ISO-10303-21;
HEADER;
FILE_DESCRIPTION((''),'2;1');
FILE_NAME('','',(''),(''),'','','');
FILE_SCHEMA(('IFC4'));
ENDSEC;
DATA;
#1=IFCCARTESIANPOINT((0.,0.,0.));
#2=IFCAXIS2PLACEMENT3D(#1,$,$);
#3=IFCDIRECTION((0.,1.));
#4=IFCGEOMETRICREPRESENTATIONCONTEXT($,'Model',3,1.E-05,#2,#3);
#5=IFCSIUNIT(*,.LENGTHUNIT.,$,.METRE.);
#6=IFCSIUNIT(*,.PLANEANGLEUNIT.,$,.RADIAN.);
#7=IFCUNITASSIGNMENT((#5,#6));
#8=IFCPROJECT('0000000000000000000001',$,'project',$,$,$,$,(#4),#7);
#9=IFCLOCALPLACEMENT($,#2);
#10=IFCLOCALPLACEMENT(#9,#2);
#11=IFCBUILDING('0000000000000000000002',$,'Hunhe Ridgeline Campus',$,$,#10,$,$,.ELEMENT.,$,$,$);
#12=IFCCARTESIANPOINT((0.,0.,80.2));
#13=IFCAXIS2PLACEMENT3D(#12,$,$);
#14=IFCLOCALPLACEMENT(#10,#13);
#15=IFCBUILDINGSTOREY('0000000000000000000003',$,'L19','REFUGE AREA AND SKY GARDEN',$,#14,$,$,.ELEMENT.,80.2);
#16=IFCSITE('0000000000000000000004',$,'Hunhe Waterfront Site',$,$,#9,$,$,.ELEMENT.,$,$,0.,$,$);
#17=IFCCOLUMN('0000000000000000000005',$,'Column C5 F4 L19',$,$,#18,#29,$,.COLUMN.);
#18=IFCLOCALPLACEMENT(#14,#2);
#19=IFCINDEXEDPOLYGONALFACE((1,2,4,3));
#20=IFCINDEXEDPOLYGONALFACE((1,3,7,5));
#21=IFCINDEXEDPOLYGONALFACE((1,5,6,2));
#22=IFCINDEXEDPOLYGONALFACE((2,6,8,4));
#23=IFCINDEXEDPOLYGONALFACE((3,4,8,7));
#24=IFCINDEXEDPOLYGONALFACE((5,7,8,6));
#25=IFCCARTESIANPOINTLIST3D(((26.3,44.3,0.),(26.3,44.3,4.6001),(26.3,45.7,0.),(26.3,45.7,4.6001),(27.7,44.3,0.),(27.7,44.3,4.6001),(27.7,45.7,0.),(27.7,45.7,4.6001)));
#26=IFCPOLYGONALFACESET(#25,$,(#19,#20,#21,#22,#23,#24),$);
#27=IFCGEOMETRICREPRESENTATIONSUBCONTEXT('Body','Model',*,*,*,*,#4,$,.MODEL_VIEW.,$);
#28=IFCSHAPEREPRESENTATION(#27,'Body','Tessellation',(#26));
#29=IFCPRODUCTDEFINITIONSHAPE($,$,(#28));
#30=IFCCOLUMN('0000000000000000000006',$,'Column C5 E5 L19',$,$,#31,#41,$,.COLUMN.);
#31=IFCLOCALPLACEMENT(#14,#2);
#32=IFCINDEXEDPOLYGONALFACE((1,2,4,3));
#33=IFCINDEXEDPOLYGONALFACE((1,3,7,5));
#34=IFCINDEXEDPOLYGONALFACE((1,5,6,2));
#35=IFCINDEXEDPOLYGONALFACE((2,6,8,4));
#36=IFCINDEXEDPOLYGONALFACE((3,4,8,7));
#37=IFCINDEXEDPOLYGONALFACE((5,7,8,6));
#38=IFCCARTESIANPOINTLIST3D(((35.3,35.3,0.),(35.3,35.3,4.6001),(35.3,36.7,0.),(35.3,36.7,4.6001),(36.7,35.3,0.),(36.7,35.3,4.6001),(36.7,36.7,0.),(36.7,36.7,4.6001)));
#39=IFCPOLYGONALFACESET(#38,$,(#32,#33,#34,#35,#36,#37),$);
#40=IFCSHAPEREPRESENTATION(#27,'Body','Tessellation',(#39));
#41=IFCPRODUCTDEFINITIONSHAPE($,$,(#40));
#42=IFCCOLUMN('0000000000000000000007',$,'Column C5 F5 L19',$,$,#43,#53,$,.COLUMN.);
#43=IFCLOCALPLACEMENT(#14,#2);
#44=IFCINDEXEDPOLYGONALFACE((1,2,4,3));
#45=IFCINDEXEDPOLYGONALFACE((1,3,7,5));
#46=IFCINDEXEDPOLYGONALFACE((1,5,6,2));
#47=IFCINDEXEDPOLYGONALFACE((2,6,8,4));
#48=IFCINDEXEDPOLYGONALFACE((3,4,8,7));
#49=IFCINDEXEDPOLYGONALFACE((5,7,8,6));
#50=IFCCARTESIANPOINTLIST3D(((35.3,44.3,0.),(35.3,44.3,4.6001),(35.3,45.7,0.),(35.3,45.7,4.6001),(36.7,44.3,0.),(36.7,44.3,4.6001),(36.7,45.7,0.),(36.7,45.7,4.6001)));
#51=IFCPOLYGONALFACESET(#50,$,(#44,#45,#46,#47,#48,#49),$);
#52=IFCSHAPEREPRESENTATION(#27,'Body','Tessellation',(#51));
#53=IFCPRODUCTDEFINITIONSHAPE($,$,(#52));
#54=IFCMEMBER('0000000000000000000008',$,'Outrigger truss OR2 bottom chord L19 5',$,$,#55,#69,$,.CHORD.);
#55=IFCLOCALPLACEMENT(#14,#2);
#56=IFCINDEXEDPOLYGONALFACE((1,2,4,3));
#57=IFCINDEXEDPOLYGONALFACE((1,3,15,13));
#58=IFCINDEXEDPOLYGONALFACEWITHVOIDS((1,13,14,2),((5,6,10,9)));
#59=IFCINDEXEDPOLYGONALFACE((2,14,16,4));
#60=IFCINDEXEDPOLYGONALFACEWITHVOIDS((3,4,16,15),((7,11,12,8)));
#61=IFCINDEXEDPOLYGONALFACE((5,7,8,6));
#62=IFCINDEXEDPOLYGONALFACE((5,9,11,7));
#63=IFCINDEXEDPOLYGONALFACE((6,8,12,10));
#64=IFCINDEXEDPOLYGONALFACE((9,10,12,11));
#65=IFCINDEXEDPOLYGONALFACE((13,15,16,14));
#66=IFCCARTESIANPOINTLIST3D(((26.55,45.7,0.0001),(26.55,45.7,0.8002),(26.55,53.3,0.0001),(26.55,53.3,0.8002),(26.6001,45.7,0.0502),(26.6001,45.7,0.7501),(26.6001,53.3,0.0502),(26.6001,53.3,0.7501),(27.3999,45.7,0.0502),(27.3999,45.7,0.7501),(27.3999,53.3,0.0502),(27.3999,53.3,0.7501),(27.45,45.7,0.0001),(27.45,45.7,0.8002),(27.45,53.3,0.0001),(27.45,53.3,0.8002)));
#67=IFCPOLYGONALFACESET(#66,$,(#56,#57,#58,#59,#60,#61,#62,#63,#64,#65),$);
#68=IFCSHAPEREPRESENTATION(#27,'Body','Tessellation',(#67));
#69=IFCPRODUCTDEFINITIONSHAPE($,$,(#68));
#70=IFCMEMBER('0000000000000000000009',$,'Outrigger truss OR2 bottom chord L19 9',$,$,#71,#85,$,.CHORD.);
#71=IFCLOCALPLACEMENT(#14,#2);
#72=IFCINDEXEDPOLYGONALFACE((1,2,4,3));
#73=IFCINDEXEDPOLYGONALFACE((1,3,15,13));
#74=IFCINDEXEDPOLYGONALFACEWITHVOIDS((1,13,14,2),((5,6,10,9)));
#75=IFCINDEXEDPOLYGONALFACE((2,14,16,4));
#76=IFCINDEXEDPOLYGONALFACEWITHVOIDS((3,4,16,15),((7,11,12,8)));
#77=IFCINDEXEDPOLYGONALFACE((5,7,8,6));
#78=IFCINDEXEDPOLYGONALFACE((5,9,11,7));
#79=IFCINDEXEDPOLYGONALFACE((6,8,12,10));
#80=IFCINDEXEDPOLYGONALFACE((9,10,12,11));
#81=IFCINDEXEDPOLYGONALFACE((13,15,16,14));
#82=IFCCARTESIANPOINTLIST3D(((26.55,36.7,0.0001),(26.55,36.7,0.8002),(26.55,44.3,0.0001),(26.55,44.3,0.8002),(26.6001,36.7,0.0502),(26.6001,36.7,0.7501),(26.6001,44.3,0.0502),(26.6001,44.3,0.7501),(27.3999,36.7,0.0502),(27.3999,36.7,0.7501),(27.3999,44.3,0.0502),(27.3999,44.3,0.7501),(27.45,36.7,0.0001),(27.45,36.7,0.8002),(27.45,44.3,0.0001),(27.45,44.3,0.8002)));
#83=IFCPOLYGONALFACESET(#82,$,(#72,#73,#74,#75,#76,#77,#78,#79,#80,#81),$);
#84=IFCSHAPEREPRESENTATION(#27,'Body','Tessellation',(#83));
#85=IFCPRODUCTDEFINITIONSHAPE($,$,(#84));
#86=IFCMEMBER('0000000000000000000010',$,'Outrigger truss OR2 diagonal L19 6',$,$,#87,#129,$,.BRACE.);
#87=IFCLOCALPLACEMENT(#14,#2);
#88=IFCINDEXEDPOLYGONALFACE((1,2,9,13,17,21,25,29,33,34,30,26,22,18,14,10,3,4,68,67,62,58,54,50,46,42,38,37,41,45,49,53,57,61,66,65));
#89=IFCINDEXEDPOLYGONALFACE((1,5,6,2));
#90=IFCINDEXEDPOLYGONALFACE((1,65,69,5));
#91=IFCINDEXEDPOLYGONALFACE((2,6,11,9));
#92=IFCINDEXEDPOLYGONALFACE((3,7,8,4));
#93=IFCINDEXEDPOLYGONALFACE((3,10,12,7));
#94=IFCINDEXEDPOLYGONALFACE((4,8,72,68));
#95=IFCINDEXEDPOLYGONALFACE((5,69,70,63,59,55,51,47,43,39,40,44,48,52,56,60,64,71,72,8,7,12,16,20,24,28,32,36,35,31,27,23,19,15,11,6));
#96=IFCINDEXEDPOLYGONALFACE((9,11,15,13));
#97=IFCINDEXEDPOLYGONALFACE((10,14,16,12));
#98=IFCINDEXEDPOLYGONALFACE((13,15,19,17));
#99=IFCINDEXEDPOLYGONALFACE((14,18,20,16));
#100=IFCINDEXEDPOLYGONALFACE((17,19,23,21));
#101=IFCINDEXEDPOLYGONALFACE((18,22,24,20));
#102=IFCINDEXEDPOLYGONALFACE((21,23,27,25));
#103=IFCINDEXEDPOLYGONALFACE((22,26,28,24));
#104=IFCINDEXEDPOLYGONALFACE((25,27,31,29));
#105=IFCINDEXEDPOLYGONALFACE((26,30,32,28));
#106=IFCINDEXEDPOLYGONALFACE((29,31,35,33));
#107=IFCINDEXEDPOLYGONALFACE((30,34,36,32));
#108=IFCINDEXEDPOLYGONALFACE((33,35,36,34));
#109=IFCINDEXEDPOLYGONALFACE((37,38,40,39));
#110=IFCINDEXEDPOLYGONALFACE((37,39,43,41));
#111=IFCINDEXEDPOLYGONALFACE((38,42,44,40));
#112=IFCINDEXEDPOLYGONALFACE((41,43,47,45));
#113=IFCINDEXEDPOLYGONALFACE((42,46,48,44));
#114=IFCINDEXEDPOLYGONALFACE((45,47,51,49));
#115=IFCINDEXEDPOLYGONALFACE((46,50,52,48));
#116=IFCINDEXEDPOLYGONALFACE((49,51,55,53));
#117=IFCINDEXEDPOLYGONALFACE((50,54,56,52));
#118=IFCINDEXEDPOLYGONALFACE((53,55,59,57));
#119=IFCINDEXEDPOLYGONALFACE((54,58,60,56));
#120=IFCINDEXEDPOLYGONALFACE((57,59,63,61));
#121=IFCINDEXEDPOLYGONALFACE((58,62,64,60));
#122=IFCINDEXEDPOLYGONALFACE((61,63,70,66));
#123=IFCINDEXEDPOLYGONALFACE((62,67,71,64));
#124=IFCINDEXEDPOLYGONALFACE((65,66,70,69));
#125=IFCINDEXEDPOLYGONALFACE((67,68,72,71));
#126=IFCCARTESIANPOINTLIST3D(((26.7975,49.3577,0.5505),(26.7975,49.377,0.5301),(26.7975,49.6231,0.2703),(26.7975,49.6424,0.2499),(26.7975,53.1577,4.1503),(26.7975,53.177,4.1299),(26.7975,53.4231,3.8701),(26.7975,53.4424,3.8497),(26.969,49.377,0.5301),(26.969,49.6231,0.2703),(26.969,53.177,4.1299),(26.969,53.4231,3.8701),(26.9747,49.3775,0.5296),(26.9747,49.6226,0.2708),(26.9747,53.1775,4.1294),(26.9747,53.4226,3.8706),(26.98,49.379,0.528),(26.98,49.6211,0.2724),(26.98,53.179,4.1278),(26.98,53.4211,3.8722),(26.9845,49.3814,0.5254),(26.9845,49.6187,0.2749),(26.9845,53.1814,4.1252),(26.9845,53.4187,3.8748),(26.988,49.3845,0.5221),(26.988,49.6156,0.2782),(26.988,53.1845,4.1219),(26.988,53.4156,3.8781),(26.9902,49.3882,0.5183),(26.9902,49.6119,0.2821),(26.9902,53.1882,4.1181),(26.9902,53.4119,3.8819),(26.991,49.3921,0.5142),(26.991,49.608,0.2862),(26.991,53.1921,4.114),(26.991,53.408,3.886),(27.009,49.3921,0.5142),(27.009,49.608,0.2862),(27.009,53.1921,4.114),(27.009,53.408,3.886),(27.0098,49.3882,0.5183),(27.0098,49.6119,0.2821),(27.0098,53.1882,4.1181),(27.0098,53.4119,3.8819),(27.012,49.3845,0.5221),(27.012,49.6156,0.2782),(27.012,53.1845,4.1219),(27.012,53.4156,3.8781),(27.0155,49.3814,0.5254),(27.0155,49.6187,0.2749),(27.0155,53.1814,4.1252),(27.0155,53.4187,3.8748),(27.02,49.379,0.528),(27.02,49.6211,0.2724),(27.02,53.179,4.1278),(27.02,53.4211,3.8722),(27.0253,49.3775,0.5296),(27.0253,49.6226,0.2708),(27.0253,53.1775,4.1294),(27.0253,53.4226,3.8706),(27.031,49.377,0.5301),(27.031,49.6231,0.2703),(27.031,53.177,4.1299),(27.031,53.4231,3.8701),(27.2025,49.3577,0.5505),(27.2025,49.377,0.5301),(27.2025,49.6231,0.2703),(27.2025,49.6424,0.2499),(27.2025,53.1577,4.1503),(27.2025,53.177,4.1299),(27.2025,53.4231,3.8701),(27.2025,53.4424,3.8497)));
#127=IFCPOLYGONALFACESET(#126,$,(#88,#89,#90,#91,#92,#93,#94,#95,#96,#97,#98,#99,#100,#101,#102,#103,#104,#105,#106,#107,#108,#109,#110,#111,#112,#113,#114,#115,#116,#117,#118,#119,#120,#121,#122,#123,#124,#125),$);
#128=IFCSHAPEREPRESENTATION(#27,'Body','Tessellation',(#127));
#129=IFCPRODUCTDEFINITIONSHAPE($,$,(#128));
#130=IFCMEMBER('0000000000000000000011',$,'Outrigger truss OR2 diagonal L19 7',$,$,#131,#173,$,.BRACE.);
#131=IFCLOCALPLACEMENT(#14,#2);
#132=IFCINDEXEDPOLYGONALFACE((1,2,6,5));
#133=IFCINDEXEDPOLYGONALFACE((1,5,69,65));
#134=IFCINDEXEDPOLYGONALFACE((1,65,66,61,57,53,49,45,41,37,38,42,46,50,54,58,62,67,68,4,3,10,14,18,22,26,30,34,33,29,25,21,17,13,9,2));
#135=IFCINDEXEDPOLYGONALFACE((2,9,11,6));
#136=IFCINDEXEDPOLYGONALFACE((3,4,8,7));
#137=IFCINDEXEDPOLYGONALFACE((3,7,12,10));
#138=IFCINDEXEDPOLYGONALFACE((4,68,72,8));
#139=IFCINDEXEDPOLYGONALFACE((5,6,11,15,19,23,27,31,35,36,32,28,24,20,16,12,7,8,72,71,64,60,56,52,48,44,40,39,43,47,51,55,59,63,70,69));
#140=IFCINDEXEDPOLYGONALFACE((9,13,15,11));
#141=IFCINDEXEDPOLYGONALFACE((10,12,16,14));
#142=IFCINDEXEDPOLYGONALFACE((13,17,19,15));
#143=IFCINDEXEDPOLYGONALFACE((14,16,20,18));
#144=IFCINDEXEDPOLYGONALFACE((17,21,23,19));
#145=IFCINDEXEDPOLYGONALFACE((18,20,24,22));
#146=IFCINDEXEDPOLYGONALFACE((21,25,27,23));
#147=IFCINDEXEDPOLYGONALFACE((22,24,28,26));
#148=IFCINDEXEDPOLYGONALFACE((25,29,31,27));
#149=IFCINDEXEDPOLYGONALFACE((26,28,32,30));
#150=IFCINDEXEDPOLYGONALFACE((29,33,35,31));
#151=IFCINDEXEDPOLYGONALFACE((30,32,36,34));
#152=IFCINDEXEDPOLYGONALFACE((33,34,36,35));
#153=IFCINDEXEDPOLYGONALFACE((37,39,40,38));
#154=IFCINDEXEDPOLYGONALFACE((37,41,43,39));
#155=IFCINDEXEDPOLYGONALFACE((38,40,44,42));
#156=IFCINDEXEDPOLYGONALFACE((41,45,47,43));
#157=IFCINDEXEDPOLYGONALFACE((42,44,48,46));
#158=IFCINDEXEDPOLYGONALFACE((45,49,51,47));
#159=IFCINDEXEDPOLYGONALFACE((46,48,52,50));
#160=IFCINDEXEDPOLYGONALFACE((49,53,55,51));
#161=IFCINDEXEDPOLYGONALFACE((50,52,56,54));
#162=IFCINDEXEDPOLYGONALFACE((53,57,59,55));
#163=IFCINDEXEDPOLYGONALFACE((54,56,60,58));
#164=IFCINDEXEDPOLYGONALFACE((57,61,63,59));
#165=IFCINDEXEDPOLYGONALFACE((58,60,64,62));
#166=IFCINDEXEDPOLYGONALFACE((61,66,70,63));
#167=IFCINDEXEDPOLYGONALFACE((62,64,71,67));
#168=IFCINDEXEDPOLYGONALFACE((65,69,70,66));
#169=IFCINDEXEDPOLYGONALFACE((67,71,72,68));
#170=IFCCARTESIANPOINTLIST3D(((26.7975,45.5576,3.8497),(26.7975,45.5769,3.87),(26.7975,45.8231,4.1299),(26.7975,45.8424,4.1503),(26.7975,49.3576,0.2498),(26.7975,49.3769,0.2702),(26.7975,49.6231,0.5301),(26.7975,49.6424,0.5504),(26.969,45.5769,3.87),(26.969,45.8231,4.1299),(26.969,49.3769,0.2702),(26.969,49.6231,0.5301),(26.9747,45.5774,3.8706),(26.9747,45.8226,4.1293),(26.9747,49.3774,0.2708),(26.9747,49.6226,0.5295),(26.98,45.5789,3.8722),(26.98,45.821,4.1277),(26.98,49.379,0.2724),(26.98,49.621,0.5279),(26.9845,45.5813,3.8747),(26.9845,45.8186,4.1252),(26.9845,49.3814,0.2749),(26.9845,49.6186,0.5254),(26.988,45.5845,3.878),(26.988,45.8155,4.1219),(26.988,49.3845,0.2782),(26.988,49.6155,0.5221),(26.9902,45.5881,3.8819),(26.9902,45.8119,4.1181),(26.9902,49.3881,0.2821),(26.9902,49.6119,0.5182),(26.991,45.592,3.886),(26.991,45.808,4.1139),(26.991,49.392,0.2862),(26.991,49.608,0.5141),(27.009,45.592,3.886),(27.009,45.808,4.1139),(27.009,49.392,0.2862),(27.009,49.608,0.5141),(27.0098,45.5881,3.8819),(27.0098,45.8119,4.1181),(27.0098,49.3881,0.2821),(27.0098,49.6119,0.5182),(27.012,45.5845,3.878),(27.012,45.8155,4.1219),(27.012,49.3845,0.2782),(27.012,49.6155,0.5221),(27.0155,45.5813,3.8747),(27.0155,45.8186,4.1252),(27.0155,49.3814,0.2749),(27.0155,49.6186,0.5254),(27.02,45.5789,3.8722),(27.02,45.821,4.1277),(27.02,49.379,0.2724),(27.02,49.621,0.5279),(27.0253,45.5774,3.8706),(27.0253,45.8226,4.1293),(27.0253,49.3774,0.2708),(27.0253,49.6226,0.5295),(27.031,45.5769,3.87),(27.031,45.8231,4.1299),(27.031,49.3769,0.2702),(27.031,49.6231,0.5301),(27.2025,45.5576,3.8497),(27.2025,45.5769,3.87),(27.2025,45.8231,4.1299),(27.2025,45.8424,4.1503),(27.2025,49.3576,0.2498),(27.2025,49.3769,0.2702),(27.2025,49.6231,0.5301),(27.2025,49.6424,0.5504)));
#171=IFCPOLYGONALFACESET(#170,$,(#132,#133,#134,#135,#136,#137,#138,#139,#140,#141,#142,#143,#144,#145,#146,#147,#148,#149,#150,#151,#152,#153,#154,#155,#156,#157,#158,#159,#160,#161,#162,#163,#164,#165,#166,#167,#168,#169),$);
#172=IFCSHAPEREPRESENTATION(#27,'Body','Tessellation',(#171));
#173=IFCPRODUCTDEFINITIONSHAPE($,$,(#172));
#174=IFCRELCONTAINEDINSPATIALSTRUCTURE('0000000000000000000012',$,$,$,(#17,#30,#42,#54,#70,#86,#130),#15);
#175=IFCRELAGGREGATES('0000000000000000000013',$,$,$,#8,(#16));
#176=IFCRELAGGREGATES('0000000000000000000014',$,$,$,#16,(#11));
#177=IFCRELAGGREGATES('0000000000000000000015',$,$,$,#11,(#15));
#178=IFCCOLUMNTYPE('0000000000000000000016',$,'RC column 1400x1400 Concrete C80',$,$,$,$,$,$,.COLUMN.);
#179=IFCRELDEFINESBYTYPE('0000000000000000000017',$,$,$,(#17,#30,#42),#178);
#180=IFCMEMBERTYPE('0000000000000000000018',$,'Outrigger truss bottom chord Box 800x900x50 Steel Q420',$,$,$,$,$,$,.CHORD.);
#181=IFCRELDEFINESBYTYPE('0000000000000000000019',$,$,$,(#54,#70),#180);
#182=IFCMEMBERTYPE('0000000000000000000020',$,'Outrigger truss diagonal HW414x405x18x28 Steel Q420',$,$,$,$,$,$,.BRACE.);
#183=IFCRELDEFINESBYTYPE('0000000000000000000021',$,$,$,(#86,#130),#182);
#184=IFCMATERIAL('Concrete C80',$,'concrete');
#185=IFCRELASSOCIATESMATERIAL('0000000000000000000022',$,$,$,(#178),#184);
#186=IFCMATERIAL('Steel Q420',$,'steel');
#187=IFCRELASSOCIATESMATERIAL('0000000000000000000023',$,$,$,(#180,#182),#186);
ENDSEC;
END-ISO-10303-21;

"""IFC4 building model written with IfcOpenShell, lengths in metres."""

from ifc_helpers import new_model, si_unit, direction, frame, origin, origin_2d, place, context, subcontext, project, spatial, rectangle, hollow_rectangle, i_section, extrude, material, material_profile, profile_set, type_object, element, save


model = new_model("IFC4")

# Units and contexts
model_context = context("Model", 3, precision=1e-05, world=origin(), true_north=direction((0.0, 1.0)))
body_context = subcontext(model_context, "Body", "Model", "MODEL_VIEW")
ifc_project = project(units=[si_unit("LENGTHUNIT", "METRE"), si_unit("PLANEANGLEUNIT", "RADIAN")], contexts=[model_context])

# Site, building, storey
site_placement = place(None, origin())
site = spatial("IfcSite", under=ifc_project, at=site_placement, Name="Hunhe Waterfront Site", CompositionType="ELEMENT", RefElevation=0.0)
building_placement = place(site_placement, origin())
building = spatial("IfcBuilding", under=site, at=building_placement, Name="Hunhe Ridgeline Campus", CompositionType="ELEMENT")
storey_placement = place(building_placement, frame((0.0, 0.0, 80.2)))
storey = spatial("IfcBuildingStorey", under=building, at=storey_placement, Name="L19", Description="REFUGE AREA AND SKY GARDEN", CompositionType="ELEMENT", Elevation=80.2)

# Columns
ifc_material_1 = material(Name="Concrete C80", Category="concrete")
ifc_material_profile_1 = material_profile(ifc_material_1, rectangle(XDim=1.3999, YDim=1.3999, at=origin_2d()))
ifc_profile_set_1 = profile_set([ifc_material_profile_1], Name="Concrete C80")
column_type = type_object("IfcColumnType", Name="RC column 1400x1400 Concrete C80", PredefinedType="COLUMN", material=ifc_profile_set_1)
for number, where, z_axis, x_axis, name in (
    (1, (27.0, 45.0, 0.0), (0.0, 0.0, 1.0), (1.0, 0.0, 0.0), "Column C5 F4 L19"),
    (2, (36.0, 36.0, 0.0), (0.0, 0.0, 1.0), (1.0, 0.0, 0.0), "Column C5 E5 L19"),
    (3, (36.0, 45.0, 0.0), (0.0, 0.0, 1.0), (1.0, 0.0, 0.0), "Column C5 F5 L19"),
):
    element("IfcColumn", number, at=place(storey_placement, frame(where, z_axis=z_axis, x_axis=x_axis)), inside=storey, type_object=column_type, Name=name, PredefinedType="COLUMN", context=body_context, shape_type="SweptSolid", body=[
        extrude(rectangle(XDim=1.3999, YDim=1.3999, at=origin_2d()), origin(), (0.0, 0.0, 1.0), 4.6001),
    ])

# Members
ifc_material_2 = material(Name="Steel Q420", Category="steel")
ifc_material_profile_2 = material_profile(ifc_material_2, hollow_rectangle(XDim=0.8999, YDim=0.8, WallThickness=0.05, at=origin_2d()))
ifc_profile_set_2 = profile_set([ifc_material_profile_2], Name="Steel Q420")
member_type_1 = type_object("IfcMemberType", Name="Outrigger truss bottom chord Box 800x900x50 Steel Q420", PredefinedType="CHORD", material=ifc_profile_set_2)
for number, where, z_axis, x_axis, name in (
    (4, (27.0, 53.3, 0.4001), (0.0, -1.0, 0.0), (1.0, 0.0, 0.0), "Outrigger truss OR2 bottom chord L19 5"),
    (5, (27.0, 44.3, 0.4001), (0.0, -1.0, 0.0), (1.0, 0.0, 0.0), "Outrigger truss OR2 bottom chord L19 9"),
):
    element("IfcMember", number, at=place(storey_placement, frame(where, z_axis=z_axis, x_axis=x_axis)), inside=storey, type_object=member_type_1, Name=name, PredefinedType="CHORD", context=body_context, shape_type="SweptSolid", body=[
        extrude(hollow_rectangle(XDim=0.8999, YDim=0.8, WallThickness=0.05, at=origin_2d()), origin(), (0.0, 0.0, 1.0), 7.6001),
    ])
ifc_material_profile_3 = material_profile(ifc_material_2, i_section(OverallWidth=0.405, OverallDepth=0.4141, WebThickness=0.0181, FlangeThickness=0.0281, FilletRadius=0.022, at=origin_2d()))
ifc_profile_set_3 = profile_set([ifc_material_profile_3], Name="Steel Q420")
member_type_2 = type_object("IfcMemberType", Name="Outrigger truss diagonal HW414x405x18x28 Steel Q420", PredefinedType="BRACE", material=ifc_profile_set_3)
for number, where, z_axis, x_axis, name in (
    (6, (27.0, 53.3, 4.0), (0.0, -0.725971, -0.687725), (1.0, 0.0, 0.0), "Outrigger truss OR2 diagonal L19 6"),
    (7, (27.0, 49.5, 0.4001), (0.0, -0.725971, 0.687725), (1.0, 0.0, 0.0), "Outrigger truss OR2 diagonal L19 7"),
):
    element("IfcMember", number, at=place(storey_placement, frame(where, z_axis=z_axis, x_axis=x_axis)), inside=storey, type_object=member_type_2, Name=name, PredefinedType="BRACE", context=body_context, shape_type="SweptSolid", body=[
        extrude(i_section(OverallWidth=0.405, OverallDepth=0.4141, WebThickness=0.0181, FlangeThickness=0.0281, FilletRadius=0.022, at=origin_2d()), origin(), (0.0, 0.0, 1.0), 5.2344),
    ])

save(model, "model.ifc")
